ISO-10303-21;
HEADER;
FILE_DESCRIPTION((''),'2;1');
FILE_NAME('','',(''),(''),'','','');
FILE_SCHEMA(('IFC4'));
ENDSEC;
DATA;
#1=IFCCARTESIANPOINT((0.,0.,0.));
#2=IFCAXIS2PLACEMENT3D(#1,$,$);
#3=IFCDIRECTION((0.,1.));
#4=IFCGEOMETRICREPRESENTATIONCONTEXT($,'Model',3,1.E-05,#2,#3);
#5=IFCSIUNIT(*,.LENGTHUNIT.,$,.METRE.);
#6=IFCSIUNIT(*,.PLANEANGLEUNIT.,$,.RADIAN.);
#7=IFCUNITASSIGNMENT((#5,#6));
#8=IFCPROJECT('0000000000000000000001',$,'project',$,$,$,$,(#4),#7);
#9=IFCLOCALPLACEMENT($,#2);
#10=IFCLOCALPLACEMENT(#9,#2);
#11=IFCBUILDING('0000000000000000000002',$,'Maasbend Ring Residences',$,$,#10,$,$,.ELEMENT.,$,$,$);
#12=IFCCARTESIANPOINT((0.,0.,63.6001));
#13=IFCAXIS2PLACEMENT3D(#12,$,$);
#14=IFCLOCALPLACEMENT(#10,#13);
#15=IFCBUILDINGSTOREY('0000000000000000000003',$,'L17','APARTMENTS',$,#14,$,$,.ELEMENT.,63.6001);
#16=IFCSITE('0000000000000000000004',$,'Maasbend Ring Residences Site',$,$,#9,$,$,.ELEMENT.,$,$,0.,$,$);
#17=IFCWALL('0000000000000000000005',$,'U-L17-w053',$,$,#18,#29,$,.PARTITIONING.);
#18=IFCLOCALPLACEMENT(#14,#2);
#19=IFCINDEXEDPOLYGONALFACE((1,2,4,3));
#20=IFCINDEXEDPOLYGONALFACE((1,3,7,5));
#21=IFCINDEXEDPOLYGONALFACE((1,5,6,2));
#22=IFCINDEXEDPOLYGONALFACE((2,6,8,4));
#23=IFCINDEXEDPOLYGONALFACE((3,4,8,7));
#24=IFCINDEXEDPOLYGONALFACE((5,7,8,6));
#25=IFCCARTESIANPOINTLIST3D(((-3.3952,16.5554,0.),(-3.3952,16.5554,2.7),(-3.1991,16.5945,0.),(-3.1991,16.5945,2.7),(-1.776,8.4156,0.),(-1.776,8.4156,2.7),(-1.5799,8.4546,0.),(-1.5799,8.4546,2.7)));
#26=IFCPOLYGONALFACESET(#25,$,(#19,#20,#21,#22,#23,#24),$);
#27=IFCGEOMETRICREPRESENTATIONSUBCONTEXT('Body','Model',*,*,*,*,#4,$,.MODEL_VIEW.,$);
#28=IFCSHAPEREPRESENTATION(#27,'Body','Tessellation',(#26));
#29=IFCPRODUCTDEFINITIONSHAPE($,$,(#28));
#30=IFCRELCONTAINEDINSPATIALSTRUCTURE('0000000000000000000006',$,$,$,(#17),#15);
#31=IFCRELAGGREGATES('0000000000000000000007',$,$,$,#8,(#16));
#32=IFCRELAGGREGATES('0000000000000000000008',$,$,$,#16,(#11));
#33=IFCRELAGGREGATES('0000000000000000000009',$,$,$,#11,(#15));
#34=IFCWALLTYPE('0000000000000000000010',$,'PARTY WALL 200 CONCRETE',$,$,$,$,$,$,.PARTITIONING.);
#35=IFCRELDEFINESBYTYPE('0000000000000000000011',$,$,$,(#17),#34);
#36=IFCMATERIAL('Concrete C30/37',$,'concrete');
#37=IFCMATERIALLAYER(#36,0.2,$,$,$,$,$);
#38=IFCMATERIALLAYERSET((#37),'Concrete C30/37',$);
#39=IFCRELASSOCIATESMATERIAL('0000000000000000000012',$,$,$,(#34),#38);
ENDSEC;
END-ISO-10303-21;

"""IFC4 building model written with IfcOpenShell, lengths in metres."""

from ifc_helpers import new_model, si_unit, direction, frame, frame_2d, origin, place, context, subcontext, project, spatial, rectangle, extrude, material, layer, layer_set, type_object, element, save


model = new_model("IFC4")

# Units and contexts
model_context = context("Model", 3, precision=1e-05, world=origin(), true_north=direction((0.0, 1.0)))
body_context = subcontext(model_context, "Body", "Model", "MODEL_VIEW")
ifc_project = project(units=[si_unit("LENGTHUNIT", "METRE"), si_unit("PLANEANGLEUNIT", "RADIAN")], contexts=[model_context])

# Site, building, storey
site_placement = place(None, origin())
site = spatial("IfcSite", under=ifc_project, at=site_placement, Name="Maasbend Ring Residences Site", CompositionType="ELEMENT", RefElevation=0.0)
building_placement = place(site_placement, origin())
building = spatial("IfcBuilding", under=site, at=building_placement, Name="Maasbend Ring Residences", CompositionType="ELEMENT")
storey_placement = place(building_placement, frame((0.0, 0.0, 63.6001)))
storey = spatial("IfcBuildingStorey", under=building, at=storey_placement, Name="L17", Description="APARTMENTS", CompositionType="ELEMENT", Elevation=63.6001)

# Wall
ifc_material_1 = material(Name="Concrete C30/37", Category="concrete")
ifc_layer_1 = layer(ifc_material_1, 0.2)
ifc_layer_set_1 = layer_set([ifc_layer_1], Name="Concrete C30/37")
wall_type_1 = type_object("IfcWallType", Name="PARTY WALL 200 CONCRETE", PredefinedType="PARTITIONING", material=ifc_layer_set_1)
wall_1_placement = place(storey_placement, frame((-3.2971, 16.575, 0.0), z_axis=(0.0, 0.0, 1.0), x_axis=(0.195092, -0.980785, 0.0)))
element("IfcWall", 1, at=wall_1_placement, inside=storey, type_object=wall_type_1, Name="U-L17-w053", PredefinedType="PARTITIONING", context=body_context, shape_type="SweptSolid", body=[
    extrude(rectangle(XDim=8.2993, YDim=0.2, at=frame_2d((4.1497, 0.0))), origin(), (0.0, 0.0, 1.0), 2.7),
])

save(model, "model.ifc")
